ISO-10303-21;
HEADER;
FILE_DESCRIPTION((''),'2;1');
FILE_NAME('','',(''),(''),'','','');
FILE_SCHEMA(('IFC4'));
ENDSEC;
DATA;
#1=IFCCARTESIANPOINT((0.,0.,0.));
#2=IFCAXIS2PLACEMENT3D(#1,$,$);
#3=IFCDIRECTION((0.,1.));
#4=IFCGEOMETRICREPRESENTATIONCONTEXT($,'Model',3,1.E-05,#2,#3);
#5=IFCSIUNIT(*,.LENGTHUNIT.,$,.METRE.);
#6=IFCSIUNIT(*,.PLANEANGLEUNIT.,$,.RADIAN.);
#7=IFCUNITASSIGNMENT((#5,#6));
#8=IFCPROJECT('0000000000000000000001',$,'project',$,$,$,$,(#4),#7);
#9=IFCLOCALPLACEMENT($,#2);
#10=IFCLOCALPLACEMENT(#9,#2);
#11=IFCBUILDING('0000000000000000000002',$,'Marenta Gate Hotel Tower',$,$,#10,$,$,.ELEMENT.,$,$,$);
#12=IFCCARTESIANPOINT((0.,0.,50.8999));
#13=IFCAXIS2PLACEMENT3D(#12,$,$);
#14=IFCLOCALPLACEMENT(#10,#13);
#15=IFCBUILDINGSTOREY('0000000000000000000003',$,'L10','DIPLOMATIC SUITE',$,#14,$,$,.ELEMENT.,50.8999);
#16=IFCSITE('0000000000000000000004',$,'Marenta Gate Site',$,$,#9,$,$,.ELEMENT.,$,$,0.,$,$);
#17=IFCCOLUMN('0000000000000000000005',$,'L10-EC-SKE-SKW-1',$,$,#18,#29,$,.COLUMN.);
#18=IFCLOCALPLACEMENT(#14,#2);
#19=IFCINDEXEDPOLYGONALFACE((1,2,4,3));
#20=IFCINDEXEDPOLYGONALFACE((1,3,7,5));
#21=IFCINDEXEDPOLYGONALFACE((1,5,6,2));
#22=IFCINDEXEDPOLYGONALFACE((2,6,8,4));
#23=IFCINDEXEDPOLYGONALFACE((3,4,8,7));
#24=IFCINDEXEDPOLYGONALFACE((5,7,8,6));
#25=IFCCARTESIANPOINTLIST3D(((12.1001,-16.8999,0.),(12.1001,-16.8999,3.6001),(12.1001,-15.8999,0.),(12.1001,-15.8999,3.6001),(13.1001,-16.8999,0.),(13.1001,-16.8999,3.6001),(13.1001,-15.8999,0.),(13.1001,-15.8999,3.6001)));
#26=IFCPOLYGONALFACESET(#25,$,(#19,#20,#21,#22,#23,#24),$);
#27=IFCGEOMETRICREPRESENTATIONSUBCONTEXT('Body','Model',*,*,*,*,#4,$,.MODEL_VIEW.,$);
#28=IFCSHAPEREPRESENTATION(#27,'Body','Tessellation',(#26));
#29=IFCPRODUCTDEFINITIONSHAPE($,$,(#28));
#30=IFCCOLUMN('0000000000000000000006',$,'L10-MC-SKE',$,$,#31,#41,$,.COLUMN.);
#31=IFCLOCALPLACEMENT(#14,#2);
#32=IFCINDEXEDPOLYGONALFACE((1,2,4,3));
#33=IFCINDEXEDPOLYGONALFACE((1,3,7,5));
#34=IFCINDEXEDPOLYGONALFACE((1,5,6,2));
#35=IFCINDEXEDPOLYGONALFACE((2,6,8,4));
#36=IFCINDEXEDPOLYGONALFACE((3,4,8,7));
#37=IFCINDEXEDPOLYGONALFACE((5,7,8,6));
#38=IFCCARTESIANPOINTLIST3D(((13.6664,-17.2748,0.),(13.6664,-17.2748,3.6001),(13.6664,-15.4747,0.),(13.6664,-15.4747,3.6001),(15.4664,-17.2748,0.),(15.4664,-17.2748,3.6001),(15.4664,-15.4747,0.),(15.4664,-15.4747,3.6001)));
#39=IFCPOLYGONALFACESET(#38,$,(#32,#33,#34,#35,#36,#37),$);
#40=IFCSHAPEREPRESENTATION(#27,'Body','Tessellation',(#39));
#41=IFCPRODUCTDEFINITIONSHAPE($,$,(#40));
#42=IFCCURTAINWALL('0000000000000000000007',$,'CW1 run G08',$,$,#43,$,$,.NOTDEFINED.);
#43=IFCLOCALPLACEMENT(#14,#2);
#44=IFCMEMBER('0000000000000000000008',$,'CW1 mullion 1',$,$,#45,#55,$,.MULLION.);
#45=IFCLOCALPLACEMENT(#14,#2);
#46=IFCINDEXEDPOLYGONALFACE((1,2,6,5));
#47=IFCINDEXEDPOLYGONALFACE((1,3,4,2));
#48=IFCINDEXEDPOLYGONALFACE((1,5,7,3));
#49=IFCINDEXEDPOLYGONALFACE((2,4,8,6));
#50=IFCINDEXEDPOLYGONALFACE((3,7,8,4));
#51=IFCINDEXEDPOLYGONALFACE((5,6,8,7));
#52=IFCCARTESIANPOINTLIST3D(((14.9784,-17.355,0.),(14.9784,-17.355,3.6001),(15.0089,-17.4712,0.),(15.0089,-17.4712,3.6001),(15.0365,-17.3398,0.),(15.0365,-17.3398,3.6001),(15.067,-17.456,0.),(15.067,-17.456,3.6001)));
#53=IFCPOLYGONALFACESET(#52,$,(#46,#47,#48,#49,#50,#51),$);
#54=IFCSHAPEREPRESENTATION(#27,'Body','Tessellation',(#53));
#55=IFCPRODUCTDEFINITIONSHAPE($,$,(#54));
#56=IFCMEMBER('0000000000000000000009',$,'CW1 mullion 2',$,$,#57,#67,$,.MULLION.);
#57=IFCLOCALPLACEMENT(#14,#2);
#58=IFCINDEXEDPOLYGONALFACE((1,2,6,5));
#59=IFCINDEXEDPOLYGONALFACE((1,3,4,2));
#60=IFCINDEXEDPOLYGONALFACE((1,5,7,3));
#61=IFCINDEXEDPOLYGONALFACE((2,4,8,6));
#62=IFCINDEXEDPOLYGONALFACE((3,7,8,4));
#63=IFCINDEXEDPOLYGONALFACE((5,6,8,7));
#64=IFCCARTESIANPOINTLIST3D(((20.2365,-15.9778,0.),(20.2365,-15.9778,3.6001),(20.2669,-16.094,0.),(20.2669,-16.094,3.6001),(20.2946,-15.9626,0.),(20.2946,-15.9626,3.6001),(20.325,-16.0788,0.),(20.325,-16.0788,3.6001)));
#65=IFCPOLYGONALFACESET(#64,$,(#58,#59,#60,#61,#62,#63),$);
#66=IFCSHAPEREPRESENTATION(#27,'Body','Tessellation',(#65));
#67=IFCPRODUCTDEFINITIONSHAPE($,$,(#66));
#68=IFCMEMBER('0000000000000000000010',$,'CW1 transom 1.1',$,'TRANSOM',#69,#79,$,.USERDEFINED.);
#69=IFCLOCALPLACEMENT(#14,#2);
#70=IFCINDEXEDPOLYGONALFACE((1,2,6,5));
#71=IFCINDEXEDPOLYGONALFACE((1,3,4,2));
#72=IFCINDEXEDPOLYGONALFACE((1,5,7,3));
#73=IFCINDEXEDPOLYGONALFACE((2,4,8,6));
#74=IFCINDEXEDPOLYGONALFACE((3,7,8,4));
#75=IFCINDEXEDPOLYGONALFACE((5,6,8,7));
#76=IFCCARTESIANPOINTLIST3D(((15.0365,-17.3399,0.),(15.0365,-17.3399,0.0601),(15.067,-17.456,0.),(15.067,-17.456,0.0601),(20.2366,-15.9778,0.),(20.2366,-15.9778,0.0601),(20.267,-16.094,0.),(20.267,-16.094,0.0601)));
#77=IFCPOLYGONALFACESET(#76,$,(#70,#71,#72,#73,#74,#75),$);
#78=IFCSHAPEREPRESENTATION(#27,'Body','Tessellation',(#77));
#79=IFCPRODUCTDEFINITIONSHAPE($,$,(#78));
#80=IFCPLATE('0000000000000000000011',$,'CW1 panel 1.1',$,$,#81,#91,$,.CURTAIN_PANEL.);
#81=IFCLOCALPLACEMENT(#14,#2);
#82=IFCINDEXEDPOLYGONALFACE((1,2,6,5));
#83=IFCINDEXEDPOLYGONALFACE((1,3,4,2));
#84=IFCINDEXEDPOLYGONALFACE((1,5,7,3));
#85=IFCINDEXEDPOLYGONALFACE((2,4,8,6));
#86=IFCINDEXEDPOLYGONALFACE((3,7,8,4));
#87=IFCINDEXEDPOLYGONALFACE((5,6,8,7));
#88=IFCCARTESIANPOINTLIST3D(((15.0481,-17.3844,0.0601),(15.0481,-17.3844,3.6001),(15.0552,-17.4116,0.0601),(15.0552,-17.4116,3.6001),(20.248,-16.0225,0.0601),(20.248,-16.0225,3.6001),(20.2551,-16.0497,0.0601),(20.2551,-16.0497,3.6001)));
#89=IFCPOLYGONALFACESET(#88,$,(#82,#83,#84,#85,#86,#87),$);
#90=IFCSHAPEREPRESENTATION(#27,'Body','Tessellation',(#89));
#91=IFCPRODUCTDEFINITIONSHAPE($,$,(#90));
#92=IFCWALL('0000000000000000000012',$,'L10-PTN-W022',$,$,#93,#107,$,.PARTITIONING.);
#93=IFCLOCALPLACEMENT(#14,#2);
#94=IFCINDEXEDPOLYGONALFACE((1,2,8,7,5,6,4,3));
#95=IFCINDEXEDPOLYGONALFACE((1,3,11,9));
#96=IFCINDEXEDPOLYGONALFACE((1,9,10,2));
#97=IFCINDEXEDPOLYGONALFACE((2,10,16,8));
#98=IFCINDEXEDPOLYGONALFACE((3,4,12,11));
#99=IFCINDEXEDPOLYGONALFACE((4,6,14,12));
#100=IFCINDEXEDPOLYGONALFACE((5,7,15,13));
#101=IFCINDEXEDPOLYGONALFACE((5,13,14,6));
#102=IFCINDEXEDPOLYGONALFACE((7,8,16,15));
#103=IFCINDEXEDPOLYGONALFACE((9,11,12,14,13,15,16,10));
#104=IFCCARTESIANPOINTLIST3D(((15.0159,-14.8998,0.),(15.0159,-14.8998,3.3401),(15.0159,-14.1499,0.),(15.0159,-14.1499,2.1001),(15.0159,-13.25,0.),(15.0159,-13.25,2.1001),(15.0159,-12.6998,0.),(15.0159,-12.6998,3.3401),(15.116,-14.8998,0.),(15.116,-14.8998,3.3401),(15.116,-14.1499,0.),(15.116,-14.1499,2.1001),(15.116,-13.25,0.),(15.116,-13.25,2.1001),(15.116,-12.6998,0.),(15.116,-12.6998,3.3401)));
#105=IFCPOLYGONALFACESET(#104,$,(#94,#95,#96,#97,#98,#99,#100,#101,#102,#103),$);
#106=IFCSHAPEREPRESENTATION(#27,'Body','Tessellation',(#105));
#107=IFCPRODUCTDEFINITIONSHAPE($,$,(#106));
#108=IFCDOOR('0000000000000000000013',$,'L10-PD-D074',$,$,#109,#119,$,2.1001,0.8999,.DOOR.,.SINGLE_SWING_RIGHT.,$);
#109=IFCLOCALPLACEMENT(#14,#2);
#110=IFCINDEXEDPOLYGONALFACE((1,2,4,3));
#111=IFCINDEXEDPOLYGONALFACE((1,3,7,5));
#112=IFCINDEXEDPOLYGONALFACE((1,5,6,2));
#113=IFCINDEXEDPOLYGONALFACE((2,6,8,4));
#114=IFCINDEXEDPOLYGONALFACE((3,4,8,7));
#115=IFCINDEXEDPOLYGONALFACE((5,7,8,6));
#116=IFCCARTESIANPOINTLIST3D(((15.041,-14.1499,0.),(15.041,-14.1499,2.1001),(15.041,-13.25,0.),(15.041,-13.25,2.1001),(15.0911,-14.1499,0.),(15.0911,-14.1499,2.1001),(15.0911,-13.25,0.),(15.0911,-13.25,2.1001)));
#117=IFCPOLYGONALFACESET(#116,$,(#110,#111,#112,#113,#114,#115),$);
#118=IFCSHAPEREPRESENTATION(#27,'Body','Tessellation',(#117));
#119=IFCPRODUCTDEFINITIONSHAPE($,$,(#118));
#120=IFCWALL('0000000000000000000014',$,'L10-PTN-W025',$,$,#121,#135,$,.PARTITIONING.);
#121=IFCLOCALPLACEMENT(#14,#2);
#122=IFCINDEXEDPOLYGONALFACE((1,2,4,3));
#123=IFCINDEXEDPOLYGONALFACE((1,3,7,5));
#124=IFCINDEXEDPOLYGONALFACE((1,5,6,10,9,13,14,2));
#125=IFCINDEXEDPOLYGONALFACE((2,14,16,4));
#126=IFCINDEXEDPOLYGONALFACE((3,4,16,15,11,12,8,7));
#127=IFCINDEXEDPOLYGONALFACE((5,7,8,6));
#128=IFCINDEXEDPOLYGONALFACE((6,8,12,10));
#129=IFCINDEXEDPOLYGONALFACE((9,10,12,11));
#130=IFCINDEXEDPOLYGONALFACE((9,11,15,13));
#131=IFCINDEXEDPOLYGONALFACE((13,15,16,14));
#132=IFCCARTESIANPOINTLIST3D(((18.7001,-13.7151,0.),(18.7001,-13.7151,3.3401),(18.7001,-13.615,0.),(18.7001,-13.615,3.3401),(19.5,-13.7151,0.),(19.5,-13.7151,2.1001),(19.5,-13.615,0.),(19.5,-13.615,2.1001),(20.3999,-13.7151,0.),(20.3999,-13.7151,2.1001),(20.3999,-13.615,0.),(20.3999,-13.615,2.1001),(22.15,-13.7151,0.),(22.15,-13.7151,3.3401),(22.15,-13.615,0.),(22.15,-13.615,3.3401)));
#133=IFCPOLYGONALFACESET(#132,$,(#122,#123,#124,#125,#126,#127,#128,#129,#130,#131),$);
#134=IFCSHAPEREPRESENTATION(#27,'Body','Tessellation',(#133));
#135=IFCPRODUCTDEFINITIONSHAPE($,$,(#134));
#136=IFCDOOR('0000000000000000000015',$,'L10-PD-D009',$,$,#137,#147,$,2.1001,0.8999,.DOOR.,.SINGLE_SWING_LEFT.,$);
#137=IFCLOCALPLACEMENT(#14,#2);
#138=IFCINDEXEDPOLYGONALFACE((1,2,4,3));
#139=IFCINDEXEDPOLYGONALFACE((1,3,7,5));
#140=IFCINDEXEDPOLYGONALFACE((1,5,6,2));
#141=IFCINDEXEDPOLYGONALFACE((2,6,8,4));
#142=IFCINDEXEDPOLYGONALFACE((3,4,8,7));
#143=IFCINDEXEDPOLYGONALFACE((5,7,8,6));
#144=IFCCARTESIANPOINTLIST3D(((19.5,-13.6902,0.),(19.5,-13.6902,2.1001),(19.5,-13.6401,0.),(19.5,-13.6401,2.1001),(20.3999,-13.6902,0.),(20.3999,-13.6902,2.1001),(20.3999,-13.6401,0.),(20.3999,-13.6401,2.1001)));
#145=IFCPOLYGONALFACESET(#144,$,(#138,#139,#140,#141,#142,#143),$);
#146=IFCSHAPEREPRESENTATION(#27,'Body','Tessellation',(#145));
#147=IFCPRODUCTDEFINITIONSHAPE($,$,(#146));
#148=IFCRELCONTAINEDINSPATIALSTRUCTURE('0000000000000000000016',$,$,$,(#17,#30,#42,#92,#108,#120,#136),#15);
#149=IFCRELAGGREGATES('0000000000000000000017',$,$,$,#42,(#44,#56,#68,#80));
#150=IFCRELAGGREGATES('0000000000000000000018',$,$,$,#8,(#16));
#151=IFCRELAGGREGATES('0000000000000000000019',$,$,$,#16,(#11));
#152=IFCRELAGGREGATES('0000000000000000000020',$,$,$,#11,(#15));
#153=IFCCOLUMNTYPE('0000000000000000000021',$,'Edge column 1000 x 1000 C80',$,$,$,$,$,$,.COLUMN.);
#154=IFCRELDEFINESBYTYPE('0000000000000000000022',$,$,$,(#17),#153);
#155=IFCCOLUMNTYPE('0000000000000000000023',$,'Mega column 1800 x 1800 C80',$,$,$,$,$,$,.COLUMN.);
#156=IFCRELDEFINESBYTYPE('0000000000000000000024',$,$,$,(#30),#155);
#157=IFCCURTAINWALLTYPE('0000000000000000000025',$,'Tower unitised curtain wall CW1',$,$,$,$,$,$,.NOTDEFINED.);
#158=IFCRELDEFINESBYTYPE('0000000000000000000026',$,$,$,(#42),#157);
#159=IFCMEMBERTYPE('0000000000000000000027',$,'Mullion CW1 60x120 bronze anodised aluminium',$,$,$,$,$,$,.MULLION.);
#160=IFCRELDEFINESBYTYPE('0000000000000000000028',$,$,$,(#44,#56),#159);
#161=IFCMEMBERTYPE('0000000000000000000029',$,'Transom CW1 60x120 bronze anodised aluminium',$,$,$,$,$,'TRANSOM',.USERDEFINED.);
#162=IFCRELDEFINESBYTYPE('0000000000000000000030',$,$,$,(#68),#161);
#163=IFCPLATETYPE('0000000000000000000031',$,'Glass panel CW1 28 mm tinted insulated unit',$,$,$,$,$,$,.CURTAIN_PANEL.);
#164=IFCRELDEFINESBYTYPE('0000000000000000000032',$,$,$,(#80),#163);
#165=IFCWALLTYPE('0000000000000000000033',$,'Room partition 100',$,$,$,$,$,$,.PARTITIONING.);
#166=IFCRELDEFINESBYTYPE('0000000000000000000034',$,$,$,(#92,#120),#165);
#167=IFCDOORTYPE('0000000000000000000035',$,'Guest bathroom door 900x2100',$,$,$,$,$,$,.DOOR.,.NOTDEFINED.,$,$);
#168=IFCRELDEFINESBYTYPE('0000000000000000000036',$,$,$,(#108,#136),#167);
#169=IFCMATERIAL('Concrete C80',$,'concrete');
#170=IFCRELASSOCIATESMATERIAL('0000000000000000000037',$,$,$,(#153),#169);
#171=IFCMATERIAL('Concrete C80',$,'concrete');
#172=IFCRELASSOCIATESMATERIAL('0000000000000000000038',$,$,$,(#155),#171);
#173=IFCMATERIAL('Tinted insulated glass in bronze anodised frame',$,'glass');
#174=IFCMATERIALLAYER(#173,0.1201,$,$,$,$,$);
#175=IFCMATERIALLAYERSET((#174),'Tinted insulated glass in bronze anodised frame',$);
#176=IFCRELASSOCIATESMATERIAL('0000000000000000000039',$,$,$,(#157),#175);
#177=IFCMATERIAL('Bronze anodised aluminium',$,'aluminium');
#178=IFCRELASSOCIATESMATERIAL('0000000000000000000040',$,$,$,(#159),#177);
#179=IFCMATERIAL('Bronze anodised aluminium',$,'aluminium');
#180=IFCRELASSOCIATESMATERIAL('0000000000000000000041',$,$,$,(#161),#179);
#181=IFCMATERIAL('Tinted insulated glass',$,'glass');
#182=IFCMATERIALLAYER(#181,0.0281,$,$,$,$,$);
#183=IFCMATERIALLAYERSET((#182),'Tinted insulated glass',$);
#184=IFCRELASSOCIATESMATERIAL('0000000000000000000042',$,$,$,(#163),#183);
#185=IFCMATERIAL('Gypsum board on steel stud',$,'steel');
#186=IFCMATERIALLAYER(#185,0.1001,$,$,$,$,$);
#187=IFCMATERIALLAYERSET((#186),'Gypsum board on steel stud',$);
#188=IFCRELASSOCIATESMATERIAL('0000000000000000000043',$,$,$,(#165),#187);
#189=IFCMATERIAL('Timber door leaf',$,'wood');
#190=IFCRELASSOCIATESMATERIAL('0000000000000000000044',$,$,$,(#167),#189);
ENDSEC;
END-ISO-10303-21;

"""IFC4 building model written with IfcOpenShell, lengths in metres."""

from ifc_helpers import new_model, si_unit, direction, frame, frame_2d, origin, origin_2d, place, context, subcontext, project, spatial, rectangle, extrude, material, layer, layer_set, material_profile, profile_set, type_object, element, fill, aggregate, save


model = new_model("IFC4")

# Units and contexts
model_context = context("Model", 3, precision=1e-05, world=origin(), true_north=direction((0.0, 1.0)))
body_context = subcontext(model_context, "Body", "Model", "MODEL_VIEW")
ifc_project = project(units=[si_unit("LENGTHUNIT", "METRE"), si_unit("PLANEANGLEUNIT", "RADIAN")], contexts=[model_context])

# Site, building, storey
site_placement = place(None, origin())
site = spatial("IfcSite", under=ifc_project, at=site_placement, Name="Marenta Gate Site", CompositionType="ELEMENT", RefElevation=0.0)
building_placement = place(site_placement, origin())
building = spatial("IfcBuilding", under=site, at=building_placement, Name="Marenta Gate Hotel Tower", CompositionType="ELEMENT")
storey_placement = place(building_placement, frame((0.0, 0.0, 50.8999)))
storey = spatial("IfcBuildingStorey", under=building, at=storey_placement, Name="L10", Description="DIPLOMATIC SUITE", CompositionType="ELEMENT", Elevation=50.8999)

# Columns
ifc_material_1 = material(Name="Concrete C80", Category="concrete")
ifc_material_profile_1 = material_profile(ifc_material_1, rectangle(XDim=1.0, YDim=1.0, at=origin_2d()), Name="1000 x 1000")
ifc_profile_set_1 = profile_set([ifc_material_profile_1], Name="Concrete C80")
column_type_1 = type_object("IfcColumnType", Name="Edge column 1000 x 1000 C80", PredefinedType="COLUMN", material=ifc_profile_set_1)
column_1_placement = place(storey_placement, frame((12.6001, -16.3999, 0.0), z_axis=(0.0, 0.0, 1.0), x_axis=(1.0, 0.0, 0.0)))
element("IfcColumn", 1, at=column_1_placement, inside=storey, type_object=column_type_1, Name="L10-EC-SKE-SKW-1", PredefinedType="COLUMN", context=body_context, shape_type="SweptSolid", body=[
    extrude(rectangle(XDim=1.0, YDim=1.0, at=origin_2d()), origin(), (0.0, 0.0, 1.0), 3.6001),
])
ifc_material_2 = material(Name="Concrete C80", Category="concrete")
ifc_material_profile_2 = material_profile(ifc_material_2, rectangle(XDim=1.8, YDim=1.8, at=origin_2d()), Name="1800 x 1800")
ifc_profile_set_2 = profile_set([ifc_material_profile_2], Name="Concrete C80")
column_type_2 = type_object("IfcColumnType", Name="Mega column 1800 x 1800 C80", PredefinedType="COLUMN", material=ifc_profile_set_2)
column_2_placement = place(storey_placement, frame((14.5664, -16.3748, 0.0), z_axis=(0.0, 0.0, 1.0), x_axis=(1.0, 0.0, 0.0)))
element("IfcColumn", 2, at=column_2_placement, inside=storey, type_object=column_type_2, Name="L10-MC-SKE", PredefinedType="COLUMN", context=body_context, shape_type="SweptSolid", body=[
    extrude(rectangle(XDim=1.8, YDim=1.8, at=origin_2d()), origin(), (0.0, 0.0, 1.0), 3.6001),
])

# Curtain wall, members, plate
ifc_material_3 = material(Name="Tinted insulated glass in bronze anodised frame", Category="glass")
ifc_layer_1 = layer(ifc_material_3, 0.1201)
ifc_layer_set_1 = layer_set([ifc_layer_1], Name="Tinted insulated glass in bronze anodised frame")
curtain_wall_type = type_object("IfcCurtainWallType", Name="Tower unitised curtain wall CW1", PredefinedType="NOTDEFINED", material=ifc_layer_set_1)
curtain_wall_placement = place(storey_placement, origin())
curtain_wall = element("IfcCurtainWall", 3, at=curtain_wall_placement, inside=storey, type_object=curtain_wall_type, Name="CW1 run G08", PredefinedType="NOTDEFINED")
ifc_material_4 = material(Name="Bronze anodised aluminium", Category="aluminium")
ifc_material_profile_3 = material_profile(ifc_material_4, rectangle(XDim=0.1201, YDim=0.0601, at=origin_2d()), Name="Mullion CW1 60x120 bronze anodised aluminium")
ifc_profile_set_3 = profile_set([ifc_material_profile_3], Name="Bronze anodised aluminium")
member_type_1 = type_object("IfcMemberType", Name="Mullion CW1 60x120 bronze anodised aluminium", PredefinedType="MULLION", material=ifc_profile_set_3)
member_1_placement = place(storey_placement, frame((15.0227, -17.4055, 0.0), z_axis=(0.0, 0.0, 1.0), x_axis=(-0.253372, 0.967369, 0.0)))
member_1 = element("IfcMember", 4, at=member_1_placement, type_object=member_type_1, Name="CW1 mullion 1", PredefinedType="MULLION", context=body_context, shape_type="SweptSolid", body=[
    extrude(rectangle(XDim=0.1201, YDim=0.0601, at=origin_2d()), origin(), (0.0, 0.0, 1.0), 3.6001),
])
member_2_placement = place(storey_placement, frame((20.2808, -16.0283, 0.0), z_axis=(0.0, 0.0, 1.0), x_axis=(-0.253372, 0.967369, 0.0)))
member_2 = element("IfcMember", 5, at=member_2_placement, type_object=member_type_1, Name="CW1 mullion 2", PredefinedType="MULLION", context=body_context, shape_type="SweptSolid", body=[
    extrude(rectangle(XDim=0.1201, YDim=0.0601, at=origin_2d()), origin(), (0.0, 0.0, 1.0), 3.6001),
])
ifc_material_5 = material(Name="Bronze anodised aluminium", Category="aluminium")
ifc_material_profile_4 = material_profile(ifc_material_5, rectangle(XDim=0.1201, YDim=0.0601, at=origin_2d()), Name="Transom CW1 60x120 bronze anodised aluminium")
ifc_profile_set_4 = profile_set([ifc_material_profile_4], Name="Bronze anodised aluminium")
member_type_2 = type_object("IfcMemberType", Name="Transom CW1 60x120 bronze anodised aluminium", ElementType="TRANSOM", PredefinedType="USERDEFINED", material=ifc_profile_set_4)
member_3_placement = place(storey_placement, frame((15.0518, -17.3979, 0.03), z_axis=(0.967365, 0.253389, 0.0), x_axis=(-0.253389, 0.967365, 0.0)))
member_3 = element("IfcMember", 6, at=member_3_placement, type_object=member_type_2, Name="CW1 transom 1.1", ObjectType="TRANSOM", PredefinedType="USERDEFINED", context=body_context, shape_type="SweptSolid", body=[
    extrude(rectangle(XDim=0.1201, YDim=0.0601, at=origin_2d()), origin(), (0.0, 0.0, 1.0), 5.3755),
])
ifc_material_6 = material(Name="Tinted insulated glass", Category="glass")
ifc_layer_2 = layer(ifc_material_6, 0.0281)
ifc_layer_set_2 = layer_set([ifc_layer_2], Name="Tinted insulated glass")
plate_type = type_object("IfcPlateType", Name="Glass panel CW1 28 mm tinted insulated unit", PredefinedType="CURTAIN_PANEL", material=ifc_layer_set_2)
plate_placement = place(storey_placement, frame((17.6516, -16.717, 0.0601), z_axis=(0.0, 0.0, 1.0), x_axis=(0.967369, 0.253372, 0.0)))
plate = element("IfcPlate", 7, at=plate_placement, type_object=plate_type, Name="CW1 panel 1.1", PredefinedType="CURTAIN_PANEL", context=body_context, shape_type="SweptSolid", body=[
    extrude(rectangle(XDim=5.3752, YDim=0.0281, at=origin_2d()), origin(), (0.0, 0.0, 1.0), 3.54),
])
aggregate(curtain_wall, [member_1, member_2, member_3, plate])

# Walls, openings, doors
ifc_material_7 = material(Name="Gypsum board on steel stud", Category="steel")
ifc_layer_3 = layer(ifc_material_7, 0.1001)
ifc_layer_set_3 = layer_set([ifc_layer_3], Name="Gypsum board on steel stud")
wall_type_1 = type_object("IfcWallType", Name="Room partition 100", PredefinedType="PARTITIONING", material=ifc_layer_set_3)
wall_1_placement = place(storey_placement, frame((15.0659, -14.8999, 0.0), z_axis=(0.0, 0.0, 1.0), x_axis=(0.0, 1.0, 0.0)))
wall_1 = element("IfcWall", 8, at=wall_1_placement, inside=storey, type_object=wall_type_1, Name="L10-PTN-W022", PredefinedType="PARTITIONING", context=body_context, shape_type="SweptSolid", body=[
    extrude(rectangle(XDim=2.2, YDim=0.1001, at=frame_2d((1.1001, 0.0))), origin(), (0.0, 0.0, 1.0), 3.3401),
])
opening_1_placement = place(wall_1_placement, frame((0.75, 0.0, 0.0)))
opening_1 = element("IfcOpeningElement", 9, at=opening_1_placement, cuts=wall_1, PredefinedType="OPENING", context=body_context, shape_type="SweptSolid", body=[
    extrude(rectangle(XDim=0.8999, YDim=2.1001, at=frame_2d((0.45, 1.05))), frame((0.0, 0.05, 0.0), z_axis=(0.0, -1.0, 0.0), x_axis=(1.0, 0.0, 0.0)), (0.0, 0.0, 1.0), 0.1001),
])
ifc_material_8 = material(Name="Timber door leaf", Category="wood")
door_type_1 = type_object("IfcDoorType", Name="Guest bathroom door 900x2100", OperationType="NOTDEFINED", PredefinedType="DOOR", material=ifc_material_8)
door_1_placement = place(opening_1_placement, origin())
door_1 = element("IfcDoor", 10, at=door_1_placement, inside=storey, type_object=door_type_1, Name="L10-PD-D074", OperationType="SINGLE_SWING_RIGHT", OverallHeight=2.1001, OverallWidth=0.8999, PredefinedType="DOOR", context=body_context, shape_type="SweptSolid", body=[
    extrude(rectangle(XDim=0.8999, YDim=2.1001, at=frame_2d((0.45, 1.05))), frame((0.0, 0.0249, 0.0), z_axis=(0.0, -1.0, 0.0), x_axis=(1.0, 0.0, 0.0)), (0.0, 0.0, 1.0), 0.05),
])
fill(opening_1, door_1)
wall_2_placement = place(storey_placement, frame((18.7, -13.665, 0.0), z_axis=(0.0, 0.0, 1.0), x_axis=(1.0, 0.0, 0.0)))
wall_2 = element("IfcWall", 11, at=wall_2_placement, inside=storey, type_object=wall_type_1, Name="L10-PTN-W025", PredefinedType="PARTITIONING", context=body_context, shape_type="SweptSolid", body=[
    extrude(rectangle(XDim=3.45, YDim=0.1001, at=frame_2d((1.7251, 0.0))), origin(), (0.0, 0.0, 1.0), 3.3401),
])
opening_2_placement = place(wall_2_placement, frame((0.8, 0.0, 0.0)))
opening_2 = element("IfcOpeningElement", 12, at=opening_2_placement, cuts=wall_2, PredefinedType="OPENING", context=body_context, shape_type="SweptSolid", body=[
    extrude(rectangle(XDim=0.8999, YDim=2.1001, at=frame_2d((0.45, 1.05))), frame((0.0, 0.05, 0.0), z_axis=(0.0, -1.0, 0.0), x_axis=(1.0, 0.0, 0.0)), (0.0, 0.0, 1.0), 0.1001),
])
door_2_placement = place(opening_2_placement, origin())
door_2 = element("IfcDoor", 13, at=door_2_placement, inside=storey, type_object=door_type_1, Name="L10-PD-D009", OperationType="SINGLE_SWING_LEFT", OverallHeight=2.1001, OverallWidth=0.8999, PredefinedType="DOOR", context=body_context, shape_type="SweptSolid", body=[
    extrude(rectangle(XDim=0.8999, YDim=2.1001, at=frame_2d((0.45, 1.05))), frame((0.0, 0.0249, 0.0), z_axis=(0.0, -1.0, 0.0), x_axis=(1.0, 0.0, 0.0)), (0.0, 0.0, 1.0), 0.05),
])
fill(opening_2, door_2)

save(model, "model.ifc")
